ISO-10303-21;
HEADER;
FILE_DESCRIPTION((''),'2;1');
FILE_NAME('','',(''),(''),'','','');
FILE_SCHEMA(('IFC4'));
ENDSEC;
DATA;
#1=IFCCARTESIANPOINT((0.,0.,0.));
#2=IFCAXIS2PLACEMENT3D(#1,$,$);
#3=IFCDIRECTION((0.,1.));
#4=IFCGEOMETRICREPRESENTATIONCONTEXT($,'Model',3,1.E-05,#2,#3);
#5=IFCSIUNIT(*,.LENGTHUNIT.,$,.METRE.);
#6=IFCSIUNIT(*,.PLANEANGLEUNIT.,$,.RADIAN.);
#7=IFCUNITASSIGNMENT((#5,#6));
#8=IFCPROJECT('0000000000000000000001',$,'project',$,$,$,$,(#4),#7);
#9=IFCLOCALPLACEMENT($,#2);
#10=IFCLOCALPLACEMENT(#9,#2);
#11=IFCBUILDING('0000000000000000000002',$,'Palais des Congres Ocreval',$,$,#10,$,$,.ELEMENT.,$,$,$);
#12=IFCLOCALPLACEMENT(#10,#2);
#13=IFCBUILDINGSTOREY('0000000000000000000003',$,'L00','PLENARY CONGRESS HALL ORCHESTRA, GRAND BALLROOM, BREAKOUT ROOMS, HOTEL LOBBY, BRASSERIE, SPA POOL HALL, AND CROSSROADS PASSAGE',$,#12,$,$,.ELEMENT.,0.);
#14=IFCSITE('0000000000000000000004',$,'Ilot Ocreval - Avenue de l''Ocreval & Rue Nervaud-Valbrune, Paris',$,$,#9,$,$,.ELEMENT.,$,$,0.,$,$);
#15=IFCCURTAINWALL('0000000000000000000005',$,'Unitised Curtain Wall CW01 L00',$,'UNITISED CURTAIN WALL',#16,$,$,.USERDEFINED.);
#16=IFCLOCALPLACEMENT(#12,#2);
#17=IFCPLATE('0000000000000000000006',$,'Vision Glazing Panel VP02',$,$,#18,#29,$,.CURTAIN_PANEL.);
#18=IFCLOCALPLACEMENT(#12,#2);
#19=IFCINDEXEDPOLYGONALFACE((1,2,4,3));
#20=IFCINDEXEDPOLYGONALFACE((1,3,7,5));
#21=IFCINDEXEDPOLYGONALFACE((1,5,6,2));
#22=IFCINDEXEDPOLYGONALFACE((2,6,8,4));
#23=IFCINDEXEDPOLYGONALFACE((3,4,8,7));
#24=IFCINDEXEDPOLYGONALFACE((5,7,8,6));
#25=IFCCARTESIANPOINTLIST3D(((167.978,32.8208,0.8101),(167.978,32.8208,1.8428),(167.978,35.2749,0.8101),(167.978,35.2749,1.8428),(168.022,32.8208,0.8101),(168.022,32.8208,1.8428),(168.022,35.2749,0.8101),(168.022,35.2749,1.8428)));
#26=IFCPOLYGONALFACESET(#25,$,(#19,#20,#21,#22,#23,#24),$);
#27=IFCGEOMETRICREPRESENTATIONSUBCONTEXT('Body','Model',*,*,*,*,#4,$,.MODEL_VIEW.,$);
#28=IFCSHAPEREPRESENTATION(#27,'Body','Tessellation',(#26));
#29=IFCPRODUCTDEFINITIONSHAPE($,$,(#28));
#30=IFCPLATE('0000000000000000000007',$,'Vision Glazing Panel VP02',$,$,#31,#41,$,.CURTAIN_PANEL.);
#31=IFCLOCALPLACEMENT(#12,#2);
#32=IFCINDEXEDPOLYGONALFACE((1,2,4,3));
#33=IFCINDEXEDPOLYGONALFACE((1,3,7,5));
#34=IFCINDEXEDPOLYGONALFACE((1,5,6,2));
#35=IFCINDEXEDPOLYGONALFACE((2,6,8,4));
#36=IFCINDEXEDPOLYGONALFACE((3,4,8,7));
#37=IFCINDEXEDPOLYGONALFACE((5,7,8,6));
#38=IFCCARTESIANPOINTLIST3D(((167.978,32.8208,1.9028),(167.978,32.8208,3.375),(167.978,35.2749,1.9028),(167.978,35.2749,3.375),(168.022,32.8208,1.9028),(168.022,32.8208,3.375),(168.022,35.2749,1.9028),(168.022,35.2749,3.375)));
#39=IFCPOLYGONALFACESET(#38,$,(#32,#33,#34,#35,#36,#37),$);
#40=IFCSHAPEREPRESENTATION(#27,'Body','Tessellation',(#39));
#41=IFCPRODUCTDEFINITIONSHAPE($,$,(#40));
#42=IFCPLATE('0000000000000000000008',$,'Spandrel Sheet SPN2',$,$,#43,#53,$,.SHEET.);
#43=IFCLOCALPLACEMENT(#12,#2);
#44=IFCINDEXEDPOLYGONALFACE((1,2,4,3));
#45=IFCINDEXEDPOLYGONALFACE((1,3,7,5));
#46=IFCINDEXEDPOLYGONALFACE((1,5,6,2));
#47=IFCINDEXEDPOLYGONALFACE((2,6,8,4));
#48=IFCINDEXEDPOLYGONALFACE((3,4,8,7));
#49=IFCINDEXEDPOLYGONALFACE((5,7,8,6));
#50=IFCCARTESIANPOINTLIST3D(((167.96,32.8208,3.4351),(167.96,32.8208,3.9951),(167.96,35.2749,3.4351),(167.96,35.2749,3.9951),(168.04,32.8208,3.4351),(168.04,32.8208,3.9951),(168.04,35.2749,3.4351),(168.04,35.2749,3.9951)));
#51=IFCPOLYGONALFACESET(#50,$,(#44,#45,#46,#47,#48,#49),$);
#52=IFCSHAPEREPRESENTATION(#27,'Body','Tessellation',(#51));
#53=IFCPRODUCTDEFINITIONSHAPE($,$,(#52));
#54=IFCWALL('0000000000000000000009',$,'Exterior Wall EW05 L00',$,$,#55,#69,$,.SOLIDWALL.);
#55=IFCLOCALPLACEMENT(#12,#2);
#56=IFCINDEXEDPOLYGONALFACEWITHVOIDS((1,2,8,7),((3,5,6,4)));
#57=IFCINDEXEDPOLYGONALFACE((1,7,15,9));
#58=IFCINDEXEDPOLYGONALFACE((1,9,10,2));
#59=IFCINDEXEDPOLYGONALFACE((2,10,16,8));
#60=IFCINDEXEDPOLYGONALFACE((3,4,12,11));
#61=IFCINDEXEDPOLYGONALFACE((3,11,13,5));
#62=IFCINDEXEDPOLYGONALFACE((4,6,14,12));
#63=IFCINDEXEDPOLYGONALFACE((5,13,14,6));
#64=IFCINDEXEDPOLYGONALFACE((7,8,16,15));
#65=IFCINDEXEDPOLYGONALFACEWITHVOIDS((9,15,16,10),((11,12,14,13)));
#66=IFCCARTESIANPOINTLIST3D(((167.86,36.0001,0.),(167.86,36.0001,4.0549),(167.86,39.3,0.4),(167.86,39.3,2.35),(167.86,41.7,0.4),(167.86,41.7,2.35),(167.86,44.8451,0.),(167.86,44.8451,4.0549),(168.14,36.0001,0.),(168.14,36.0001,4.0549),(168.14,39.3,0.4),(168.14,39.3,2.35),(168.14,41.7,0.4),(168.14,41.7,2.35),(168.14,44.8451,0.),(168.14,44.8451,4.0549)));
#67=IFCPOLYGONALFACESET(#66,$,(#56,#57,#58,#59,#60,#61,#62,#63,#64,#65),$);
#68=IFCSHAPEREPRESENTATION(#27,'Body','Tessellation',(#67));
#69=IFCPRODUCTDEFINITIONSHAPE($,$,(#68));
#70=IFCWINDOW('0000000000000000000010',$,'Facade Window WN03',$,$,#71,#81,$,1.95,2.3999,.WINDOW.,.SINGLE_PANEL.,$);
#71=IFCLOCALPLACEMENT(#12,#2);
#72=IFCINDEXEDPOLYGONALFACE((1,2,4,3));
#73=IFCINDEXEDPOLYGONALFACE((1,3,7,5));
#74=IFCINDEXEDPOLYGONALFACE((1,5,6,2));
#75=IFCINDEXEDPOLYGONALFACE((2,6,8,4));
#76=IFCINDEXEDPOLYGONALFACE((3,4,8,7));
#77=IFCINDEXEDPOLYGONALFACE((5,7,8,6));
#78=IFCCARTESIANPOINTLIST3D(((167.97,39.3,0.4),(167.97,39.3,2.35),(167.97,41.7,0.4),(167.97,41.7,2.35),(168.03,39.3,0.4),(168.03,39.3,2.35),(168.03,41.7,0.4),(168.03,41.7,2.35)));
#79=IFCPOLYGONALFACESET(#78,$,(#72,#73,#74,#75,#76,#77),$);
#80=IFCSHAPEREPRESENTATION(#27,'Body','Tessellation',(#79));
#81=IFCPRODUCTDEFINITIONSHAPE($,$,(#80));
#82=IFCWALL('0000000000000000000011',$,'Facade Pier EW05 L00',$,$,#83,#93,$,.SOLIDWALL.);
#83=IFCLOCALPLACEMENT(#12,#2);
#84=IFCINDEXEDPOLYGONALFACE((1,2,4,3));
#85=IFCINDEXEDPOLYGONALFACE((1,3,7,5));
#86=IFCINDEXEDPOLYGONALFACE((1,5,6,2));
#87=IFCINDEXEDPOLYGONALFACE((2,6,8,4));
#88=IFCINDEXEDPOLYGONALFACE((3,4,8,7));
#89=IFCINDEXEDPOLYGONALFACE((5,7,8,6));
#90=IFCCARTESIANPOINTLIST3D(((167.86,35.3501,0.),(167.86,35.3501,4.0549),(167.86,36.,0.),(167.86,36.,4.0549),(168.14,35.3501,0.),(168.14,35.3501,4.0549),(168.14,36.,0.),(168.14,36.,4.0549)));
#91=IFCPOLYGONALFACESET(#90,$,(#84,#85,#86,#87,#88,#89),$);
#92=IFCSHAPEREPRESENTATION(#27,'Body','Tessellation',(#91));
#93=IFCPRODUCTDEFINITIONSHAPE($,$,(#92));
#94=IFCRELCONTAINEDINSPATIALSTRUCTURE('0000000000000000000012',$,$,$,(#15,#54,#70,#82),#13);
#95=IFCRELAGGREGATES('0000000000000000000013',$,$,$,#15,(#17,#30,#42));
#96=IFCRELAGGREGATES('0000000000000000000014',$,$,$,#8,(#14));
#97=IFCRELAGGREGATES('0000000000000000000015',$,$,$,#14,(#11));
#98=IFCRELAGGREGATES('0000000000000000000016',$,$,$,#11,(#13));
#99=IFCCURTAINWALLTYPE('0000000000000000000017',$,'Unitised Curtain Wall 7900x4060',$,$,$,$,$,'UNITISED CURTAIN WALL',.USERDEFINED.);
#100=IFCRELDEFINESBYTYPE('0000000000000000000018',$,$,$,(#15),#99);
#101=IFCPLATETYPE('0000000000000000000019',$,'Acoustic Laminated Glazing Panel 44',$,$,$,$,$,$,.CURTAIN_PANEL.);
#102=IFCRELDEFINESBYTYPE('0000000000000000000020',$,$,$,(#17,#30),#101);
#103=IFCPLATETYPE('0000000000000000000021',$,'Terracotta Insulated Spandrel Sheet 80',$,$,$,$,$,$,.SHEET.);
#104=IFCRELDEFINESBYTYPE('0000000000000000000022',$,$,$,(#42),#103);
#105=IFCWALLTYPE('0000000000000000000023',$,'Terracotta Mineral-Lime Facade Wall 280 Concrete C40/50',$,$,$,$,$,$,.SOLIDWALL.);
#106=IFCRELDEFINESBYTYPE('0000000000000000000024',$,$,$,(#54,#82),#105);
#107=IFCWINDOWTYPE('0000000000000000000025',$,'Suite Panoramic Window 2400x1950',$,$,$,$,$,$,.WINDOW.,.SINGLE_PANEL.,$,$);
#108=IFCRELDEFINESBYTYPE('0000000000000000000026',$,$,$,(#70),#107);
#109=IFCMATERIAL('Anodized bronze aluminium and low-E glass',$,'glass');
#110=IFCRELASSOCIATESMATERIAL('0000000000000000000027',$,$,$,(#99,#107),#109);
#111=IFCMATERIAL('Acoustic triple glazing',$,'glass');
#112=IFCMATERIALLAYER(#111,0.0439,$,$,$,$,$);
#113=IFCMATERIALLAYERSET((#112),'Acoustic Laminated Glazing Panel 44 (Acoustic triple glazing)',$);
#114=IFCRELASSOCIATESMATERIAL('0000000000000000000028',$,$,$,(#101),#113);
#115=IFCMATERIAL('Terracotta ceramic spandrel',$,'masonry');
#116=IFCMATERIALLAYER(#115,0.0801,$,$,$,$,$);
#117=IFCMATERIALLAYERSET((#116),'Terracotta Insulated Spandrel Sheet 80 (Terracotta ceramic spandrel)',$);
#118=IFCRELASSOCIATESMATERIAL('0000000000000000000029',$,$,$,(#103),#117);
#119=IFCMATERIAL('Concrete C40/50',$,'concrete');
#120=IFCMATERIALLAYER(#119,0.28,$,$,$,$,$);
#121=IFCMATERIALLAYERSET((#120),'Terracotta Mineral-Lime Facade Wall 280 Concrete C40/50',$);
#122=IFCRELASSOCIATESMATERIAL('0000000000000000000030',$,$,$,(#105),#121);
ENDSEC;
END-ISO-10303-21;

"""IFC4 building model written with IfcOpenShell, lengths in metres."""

from ifc_helpers import new_model, si_unit, direction, frame, frame_2d, origin, origin_2d, place, context, subcontext, project, spatial, rectangle, extrude, material, layer, layer_set, type_object, element, fill, aggregate, save


model = new_model("IFC4")

# Units and contexts
model_context = context("Model", 3, precision=1e-05, world=origin(), true_north=direction((0.0, 1.0)))
body_context = subcontext(model_context, "Body", "Model", "MODEL_VIEW")
ifc_project = project(units=[si_unit("LENGTHUNIT", "METRE"), si_unit("PLANEANGLEUNIT", "RADIAN")], contexts=[model_context])

# Site, building, storey
site_placement = place(None, origin())
site = spatial("IfcSite", under=ifc_project, at=site_placement, Name="Ilot Ocreval - Avenue de l'Ocreval & Rue Nervaud-Valbrune, Paris", CompositionType="ELEMENT", RefElevation=0.0)
building_placement = place(site_placement, origin())
building = spatial("IfcBuilding", under=site, at=building_placement, Name="Palais des Congres Ocreval", CompositionType="ELEMENT")
storey_placement = place(building_placement, origin())
storey = spatial("IfcBuildingStorey", under=building, at=storey_placement, Name="L00", Description="PLENARY CONGRESS HALL ORCHESTRA, GRAND BALLROOM, BREAKOUT ROOMS, HOTEL LOBBY, BRASSERIE, SPA POOL HALL, AND CROSSROADS PASSAGE", CompositionType="ELEMENT", Elevation=0.0)

# Curtain wall, plates
ifc_material_1 = material(Name="Anodized bronze aluminium and low-E glass", Category="glass")
curtain_wall_type = type_object("IfcCurtainWallType", Name="Unitised Curtain Wall 7900x4060", ElementType="UNITISED CURTAIN WALL", PredefinedType="USERDEFINED", material=ifc_material_1)
curtain_wall_placement = place(storey_placement, origin())
curtain_wall = element("IfcCurtainWall", 1, at=curtain_wall_placement, inside=storey, type_object=curtain_wall_type, Name="Unitised Curtain Wall CW01 L00", ObjectType="UNITISED CURTAIN WALL", PredefinedType="USERDEFINED")
ifc_material_2 = material(Name="Acoustic triple glazing", Category="glass")
ifc_layer_1 = layer(ifc_material_2, 0.0439)
ifc_layer_set_1 = layer_set([ifc_layer_1], Name="Acoustic Laminated Glazing Panel 44 (Acoustic triple glazing)")
plate_type_1 = type_object("IfcPlateType", Name="Acoustic Laminated Glazing Panel 44", PredefinedType="CURTAIN_PANEL", material=ifc_layer_set_1)
plate_1_placement = place(storey_placement, frame((168.0, 34.0479, 0.8101), z_axis=(0.0, 0.0, 1.0), x_axis=(0.0, -1.0, 0.0)))
plate_1 = element("IfcPlate", 2, at=plate_1_placement, type_object=plate_type_1, Name="Vision Glazing Panel VP02", PredefinedType="CURTAIN_PANEL", context=body_context, shape_type="SweptSolid", body=[
    extrude(rectangle(XDim=2.4541, YDim=0.0439, at=origin_2d()), origin(), (0.0, 0.0, 1.0), 1.0327),
])
plate_2_placement = place(storey_placement, frame((168.0, 34.0479, 1.9028), z_axis=(0.0, 0.0, 1.0), x_axis=(0.0, -1.0, 0.0)))
plate_2 = element("IfcPlate", 3, at=plate_2_placement, type_object=plate_type_1, Name="Vision Glazing Panel VP02", PredefinedType="CURTAIN_PANEL", context=body_context, shape_type="SweptSolid", body=[
    extrude(rectangle(XDim=2.4541, YDim=0.0439, at=origin_2d()), origin(), (0.0, 0.0, 1.0), 1.4722),
])
ifc_material_3 = material(Name="Terracotta ceramic spandrel", Category="masonry")
ifc_layer_2 = layer(ifc_material_3, 0.0801)
ifc_layer_set_2 = layer_set([ifc_layer_2], Name="Terracotta Insulated Spandrel Sheet 80 (Terracotta ceramic spandrel)")
plate_type_2 = type_object("IfcPlateType", Name="Terracotta Insulated Spandrel Sheet 80", PredefinedType="SHEET", material=ifc_layer_set_2)
plate_3_placement = place(storey_placement, frame((168.0, 34.0479, 3.4351), z_axis=(0.0, 0.0, 1.0), x_axis=(0.0, -1.0, 0.0)))
plate_3 = element("IfcPlate", 4, at=plate_3_placement, type_object=plate_type_2, Name="Spandrel Sheet SPN2", PredefinedType="SHEET", context=body_context, shape_type="SweptSolid", body=[
    extrude(rectangle(XDim=2.4541, YDim=0.0801, at=origin_2d()), origin(), (0.0, 0.0, 1.0), 0.5601),
])
aggregate(curtain_wall, [plate_1, plate_2, plate_3])

# Wall, opening, window
ifc_material_4 = material(Name="Concrete C40/50", Category="concrete")
ifc_layer_3 = layer(ifc_material_4, 0.28)
ifc_layer_set_3 = layer_set([ifc_layer_3], Name="Terracotta Mineral-Lime Facade Wall 280 Concrete C40/50")
wall_type = type_object("IfcWallType", Name="Terracotta Mineral-Lime Facade Wall 280 Concrete C40/50", PredefinedType="SOLIDWALL", material=ifc_layer_set_3)
wall_1_placement = place(storey_placement, frame((168.0, 44.845, 0.0), z_axis=(0.0, 0.0, 1.0), x_axis=(0.0, -1.0, 0.0)))
wall_1 = element("IfcWall", 5, at=wall_1_placement, inside=storey, type_object=wall_type, Name="Exterior Wall EW05 L00", PredefinedType="SOLIDWALL", context=body_context, shape_type="SweptSolid", body=[
    extrude(rectangle(XDim=8.845, YDim=0.28, at=frame_2d((4.4224, 0.0))), origin(), (0.0, 0.0, 1.0), 4.0549),
])
opening_placement = place(wall_1_placement, frame((3.145, 0.0, 0.3999)))
opening = element("IfcOpeningElement", 6, at=opening_placement, cuts=wall_1, PredefinedType="OPENING", context=body_context, shape_type="SweptSolid", body=[
    extrude(rectangle(XDim=2.3999, YDim=1.95, at=frame_2d((1.2, 0.9751))), frame((0.0, 0.1499, 0.0), z_axis=(0.0, -1.0, 0.0), x_axis=(1.0, 0.0, 0.0)), (0.0, 0.0, 1.0), 0.3),
])
window_type = type_object("IfcWindowType", Name="Suite Panoramic Window 2400x1950", PartitioningType="SINGLE_PANEL", PredefinedType="WINDOW", material=ifc_material_1)
window_placement = place(opening_placement, origin())
window = element("IfcWindow", 7, at=window_placement, inside=storey, type_object=window_type, Name="Facade Window WN03", OverallHeight=1.95, OverallWidth=2.3999, PartitioningType="SINGLE_PANEL", PredefinedType="WINDOW", context=body_context, shape_type="SweptSolid", body=[
    extrude(rectangle(XDim=2.3999, YDim=1.95, at=frame_2d((1.2, 0.9751))), frame((0.0, 0.03, 0.0), z_axis=(0.0, -1.0, 0.0), x_axis=(1.0, 0.0, 0.0)), (0.0, 0.0, 1.0), 0.0601),
])
fill(opening, window)

# Wall
wall_2_placement = place(storey_placement, frame((168.0, 36.0, 0.0), z_axis=(0.0, 0.0, 1.0), x_axis=(0.0, -1.0, 0.0)))
element("IfcWall", 8, at=wall_2_placement, inside=storey, type_object=wall_type, Name="Facade Pier EW05 L00", PredefinedType="SOLIDWALL", context=body_context, shape_type="SweptSolid", body=[
    extrude(rectangle(XDim=0.6499, YDim=0.28, at=frame_2d((0.325, 0.0))), origin(), (0.0, 0.0, 1.0), 4.0549),
])

save(model, "model.ifc")
